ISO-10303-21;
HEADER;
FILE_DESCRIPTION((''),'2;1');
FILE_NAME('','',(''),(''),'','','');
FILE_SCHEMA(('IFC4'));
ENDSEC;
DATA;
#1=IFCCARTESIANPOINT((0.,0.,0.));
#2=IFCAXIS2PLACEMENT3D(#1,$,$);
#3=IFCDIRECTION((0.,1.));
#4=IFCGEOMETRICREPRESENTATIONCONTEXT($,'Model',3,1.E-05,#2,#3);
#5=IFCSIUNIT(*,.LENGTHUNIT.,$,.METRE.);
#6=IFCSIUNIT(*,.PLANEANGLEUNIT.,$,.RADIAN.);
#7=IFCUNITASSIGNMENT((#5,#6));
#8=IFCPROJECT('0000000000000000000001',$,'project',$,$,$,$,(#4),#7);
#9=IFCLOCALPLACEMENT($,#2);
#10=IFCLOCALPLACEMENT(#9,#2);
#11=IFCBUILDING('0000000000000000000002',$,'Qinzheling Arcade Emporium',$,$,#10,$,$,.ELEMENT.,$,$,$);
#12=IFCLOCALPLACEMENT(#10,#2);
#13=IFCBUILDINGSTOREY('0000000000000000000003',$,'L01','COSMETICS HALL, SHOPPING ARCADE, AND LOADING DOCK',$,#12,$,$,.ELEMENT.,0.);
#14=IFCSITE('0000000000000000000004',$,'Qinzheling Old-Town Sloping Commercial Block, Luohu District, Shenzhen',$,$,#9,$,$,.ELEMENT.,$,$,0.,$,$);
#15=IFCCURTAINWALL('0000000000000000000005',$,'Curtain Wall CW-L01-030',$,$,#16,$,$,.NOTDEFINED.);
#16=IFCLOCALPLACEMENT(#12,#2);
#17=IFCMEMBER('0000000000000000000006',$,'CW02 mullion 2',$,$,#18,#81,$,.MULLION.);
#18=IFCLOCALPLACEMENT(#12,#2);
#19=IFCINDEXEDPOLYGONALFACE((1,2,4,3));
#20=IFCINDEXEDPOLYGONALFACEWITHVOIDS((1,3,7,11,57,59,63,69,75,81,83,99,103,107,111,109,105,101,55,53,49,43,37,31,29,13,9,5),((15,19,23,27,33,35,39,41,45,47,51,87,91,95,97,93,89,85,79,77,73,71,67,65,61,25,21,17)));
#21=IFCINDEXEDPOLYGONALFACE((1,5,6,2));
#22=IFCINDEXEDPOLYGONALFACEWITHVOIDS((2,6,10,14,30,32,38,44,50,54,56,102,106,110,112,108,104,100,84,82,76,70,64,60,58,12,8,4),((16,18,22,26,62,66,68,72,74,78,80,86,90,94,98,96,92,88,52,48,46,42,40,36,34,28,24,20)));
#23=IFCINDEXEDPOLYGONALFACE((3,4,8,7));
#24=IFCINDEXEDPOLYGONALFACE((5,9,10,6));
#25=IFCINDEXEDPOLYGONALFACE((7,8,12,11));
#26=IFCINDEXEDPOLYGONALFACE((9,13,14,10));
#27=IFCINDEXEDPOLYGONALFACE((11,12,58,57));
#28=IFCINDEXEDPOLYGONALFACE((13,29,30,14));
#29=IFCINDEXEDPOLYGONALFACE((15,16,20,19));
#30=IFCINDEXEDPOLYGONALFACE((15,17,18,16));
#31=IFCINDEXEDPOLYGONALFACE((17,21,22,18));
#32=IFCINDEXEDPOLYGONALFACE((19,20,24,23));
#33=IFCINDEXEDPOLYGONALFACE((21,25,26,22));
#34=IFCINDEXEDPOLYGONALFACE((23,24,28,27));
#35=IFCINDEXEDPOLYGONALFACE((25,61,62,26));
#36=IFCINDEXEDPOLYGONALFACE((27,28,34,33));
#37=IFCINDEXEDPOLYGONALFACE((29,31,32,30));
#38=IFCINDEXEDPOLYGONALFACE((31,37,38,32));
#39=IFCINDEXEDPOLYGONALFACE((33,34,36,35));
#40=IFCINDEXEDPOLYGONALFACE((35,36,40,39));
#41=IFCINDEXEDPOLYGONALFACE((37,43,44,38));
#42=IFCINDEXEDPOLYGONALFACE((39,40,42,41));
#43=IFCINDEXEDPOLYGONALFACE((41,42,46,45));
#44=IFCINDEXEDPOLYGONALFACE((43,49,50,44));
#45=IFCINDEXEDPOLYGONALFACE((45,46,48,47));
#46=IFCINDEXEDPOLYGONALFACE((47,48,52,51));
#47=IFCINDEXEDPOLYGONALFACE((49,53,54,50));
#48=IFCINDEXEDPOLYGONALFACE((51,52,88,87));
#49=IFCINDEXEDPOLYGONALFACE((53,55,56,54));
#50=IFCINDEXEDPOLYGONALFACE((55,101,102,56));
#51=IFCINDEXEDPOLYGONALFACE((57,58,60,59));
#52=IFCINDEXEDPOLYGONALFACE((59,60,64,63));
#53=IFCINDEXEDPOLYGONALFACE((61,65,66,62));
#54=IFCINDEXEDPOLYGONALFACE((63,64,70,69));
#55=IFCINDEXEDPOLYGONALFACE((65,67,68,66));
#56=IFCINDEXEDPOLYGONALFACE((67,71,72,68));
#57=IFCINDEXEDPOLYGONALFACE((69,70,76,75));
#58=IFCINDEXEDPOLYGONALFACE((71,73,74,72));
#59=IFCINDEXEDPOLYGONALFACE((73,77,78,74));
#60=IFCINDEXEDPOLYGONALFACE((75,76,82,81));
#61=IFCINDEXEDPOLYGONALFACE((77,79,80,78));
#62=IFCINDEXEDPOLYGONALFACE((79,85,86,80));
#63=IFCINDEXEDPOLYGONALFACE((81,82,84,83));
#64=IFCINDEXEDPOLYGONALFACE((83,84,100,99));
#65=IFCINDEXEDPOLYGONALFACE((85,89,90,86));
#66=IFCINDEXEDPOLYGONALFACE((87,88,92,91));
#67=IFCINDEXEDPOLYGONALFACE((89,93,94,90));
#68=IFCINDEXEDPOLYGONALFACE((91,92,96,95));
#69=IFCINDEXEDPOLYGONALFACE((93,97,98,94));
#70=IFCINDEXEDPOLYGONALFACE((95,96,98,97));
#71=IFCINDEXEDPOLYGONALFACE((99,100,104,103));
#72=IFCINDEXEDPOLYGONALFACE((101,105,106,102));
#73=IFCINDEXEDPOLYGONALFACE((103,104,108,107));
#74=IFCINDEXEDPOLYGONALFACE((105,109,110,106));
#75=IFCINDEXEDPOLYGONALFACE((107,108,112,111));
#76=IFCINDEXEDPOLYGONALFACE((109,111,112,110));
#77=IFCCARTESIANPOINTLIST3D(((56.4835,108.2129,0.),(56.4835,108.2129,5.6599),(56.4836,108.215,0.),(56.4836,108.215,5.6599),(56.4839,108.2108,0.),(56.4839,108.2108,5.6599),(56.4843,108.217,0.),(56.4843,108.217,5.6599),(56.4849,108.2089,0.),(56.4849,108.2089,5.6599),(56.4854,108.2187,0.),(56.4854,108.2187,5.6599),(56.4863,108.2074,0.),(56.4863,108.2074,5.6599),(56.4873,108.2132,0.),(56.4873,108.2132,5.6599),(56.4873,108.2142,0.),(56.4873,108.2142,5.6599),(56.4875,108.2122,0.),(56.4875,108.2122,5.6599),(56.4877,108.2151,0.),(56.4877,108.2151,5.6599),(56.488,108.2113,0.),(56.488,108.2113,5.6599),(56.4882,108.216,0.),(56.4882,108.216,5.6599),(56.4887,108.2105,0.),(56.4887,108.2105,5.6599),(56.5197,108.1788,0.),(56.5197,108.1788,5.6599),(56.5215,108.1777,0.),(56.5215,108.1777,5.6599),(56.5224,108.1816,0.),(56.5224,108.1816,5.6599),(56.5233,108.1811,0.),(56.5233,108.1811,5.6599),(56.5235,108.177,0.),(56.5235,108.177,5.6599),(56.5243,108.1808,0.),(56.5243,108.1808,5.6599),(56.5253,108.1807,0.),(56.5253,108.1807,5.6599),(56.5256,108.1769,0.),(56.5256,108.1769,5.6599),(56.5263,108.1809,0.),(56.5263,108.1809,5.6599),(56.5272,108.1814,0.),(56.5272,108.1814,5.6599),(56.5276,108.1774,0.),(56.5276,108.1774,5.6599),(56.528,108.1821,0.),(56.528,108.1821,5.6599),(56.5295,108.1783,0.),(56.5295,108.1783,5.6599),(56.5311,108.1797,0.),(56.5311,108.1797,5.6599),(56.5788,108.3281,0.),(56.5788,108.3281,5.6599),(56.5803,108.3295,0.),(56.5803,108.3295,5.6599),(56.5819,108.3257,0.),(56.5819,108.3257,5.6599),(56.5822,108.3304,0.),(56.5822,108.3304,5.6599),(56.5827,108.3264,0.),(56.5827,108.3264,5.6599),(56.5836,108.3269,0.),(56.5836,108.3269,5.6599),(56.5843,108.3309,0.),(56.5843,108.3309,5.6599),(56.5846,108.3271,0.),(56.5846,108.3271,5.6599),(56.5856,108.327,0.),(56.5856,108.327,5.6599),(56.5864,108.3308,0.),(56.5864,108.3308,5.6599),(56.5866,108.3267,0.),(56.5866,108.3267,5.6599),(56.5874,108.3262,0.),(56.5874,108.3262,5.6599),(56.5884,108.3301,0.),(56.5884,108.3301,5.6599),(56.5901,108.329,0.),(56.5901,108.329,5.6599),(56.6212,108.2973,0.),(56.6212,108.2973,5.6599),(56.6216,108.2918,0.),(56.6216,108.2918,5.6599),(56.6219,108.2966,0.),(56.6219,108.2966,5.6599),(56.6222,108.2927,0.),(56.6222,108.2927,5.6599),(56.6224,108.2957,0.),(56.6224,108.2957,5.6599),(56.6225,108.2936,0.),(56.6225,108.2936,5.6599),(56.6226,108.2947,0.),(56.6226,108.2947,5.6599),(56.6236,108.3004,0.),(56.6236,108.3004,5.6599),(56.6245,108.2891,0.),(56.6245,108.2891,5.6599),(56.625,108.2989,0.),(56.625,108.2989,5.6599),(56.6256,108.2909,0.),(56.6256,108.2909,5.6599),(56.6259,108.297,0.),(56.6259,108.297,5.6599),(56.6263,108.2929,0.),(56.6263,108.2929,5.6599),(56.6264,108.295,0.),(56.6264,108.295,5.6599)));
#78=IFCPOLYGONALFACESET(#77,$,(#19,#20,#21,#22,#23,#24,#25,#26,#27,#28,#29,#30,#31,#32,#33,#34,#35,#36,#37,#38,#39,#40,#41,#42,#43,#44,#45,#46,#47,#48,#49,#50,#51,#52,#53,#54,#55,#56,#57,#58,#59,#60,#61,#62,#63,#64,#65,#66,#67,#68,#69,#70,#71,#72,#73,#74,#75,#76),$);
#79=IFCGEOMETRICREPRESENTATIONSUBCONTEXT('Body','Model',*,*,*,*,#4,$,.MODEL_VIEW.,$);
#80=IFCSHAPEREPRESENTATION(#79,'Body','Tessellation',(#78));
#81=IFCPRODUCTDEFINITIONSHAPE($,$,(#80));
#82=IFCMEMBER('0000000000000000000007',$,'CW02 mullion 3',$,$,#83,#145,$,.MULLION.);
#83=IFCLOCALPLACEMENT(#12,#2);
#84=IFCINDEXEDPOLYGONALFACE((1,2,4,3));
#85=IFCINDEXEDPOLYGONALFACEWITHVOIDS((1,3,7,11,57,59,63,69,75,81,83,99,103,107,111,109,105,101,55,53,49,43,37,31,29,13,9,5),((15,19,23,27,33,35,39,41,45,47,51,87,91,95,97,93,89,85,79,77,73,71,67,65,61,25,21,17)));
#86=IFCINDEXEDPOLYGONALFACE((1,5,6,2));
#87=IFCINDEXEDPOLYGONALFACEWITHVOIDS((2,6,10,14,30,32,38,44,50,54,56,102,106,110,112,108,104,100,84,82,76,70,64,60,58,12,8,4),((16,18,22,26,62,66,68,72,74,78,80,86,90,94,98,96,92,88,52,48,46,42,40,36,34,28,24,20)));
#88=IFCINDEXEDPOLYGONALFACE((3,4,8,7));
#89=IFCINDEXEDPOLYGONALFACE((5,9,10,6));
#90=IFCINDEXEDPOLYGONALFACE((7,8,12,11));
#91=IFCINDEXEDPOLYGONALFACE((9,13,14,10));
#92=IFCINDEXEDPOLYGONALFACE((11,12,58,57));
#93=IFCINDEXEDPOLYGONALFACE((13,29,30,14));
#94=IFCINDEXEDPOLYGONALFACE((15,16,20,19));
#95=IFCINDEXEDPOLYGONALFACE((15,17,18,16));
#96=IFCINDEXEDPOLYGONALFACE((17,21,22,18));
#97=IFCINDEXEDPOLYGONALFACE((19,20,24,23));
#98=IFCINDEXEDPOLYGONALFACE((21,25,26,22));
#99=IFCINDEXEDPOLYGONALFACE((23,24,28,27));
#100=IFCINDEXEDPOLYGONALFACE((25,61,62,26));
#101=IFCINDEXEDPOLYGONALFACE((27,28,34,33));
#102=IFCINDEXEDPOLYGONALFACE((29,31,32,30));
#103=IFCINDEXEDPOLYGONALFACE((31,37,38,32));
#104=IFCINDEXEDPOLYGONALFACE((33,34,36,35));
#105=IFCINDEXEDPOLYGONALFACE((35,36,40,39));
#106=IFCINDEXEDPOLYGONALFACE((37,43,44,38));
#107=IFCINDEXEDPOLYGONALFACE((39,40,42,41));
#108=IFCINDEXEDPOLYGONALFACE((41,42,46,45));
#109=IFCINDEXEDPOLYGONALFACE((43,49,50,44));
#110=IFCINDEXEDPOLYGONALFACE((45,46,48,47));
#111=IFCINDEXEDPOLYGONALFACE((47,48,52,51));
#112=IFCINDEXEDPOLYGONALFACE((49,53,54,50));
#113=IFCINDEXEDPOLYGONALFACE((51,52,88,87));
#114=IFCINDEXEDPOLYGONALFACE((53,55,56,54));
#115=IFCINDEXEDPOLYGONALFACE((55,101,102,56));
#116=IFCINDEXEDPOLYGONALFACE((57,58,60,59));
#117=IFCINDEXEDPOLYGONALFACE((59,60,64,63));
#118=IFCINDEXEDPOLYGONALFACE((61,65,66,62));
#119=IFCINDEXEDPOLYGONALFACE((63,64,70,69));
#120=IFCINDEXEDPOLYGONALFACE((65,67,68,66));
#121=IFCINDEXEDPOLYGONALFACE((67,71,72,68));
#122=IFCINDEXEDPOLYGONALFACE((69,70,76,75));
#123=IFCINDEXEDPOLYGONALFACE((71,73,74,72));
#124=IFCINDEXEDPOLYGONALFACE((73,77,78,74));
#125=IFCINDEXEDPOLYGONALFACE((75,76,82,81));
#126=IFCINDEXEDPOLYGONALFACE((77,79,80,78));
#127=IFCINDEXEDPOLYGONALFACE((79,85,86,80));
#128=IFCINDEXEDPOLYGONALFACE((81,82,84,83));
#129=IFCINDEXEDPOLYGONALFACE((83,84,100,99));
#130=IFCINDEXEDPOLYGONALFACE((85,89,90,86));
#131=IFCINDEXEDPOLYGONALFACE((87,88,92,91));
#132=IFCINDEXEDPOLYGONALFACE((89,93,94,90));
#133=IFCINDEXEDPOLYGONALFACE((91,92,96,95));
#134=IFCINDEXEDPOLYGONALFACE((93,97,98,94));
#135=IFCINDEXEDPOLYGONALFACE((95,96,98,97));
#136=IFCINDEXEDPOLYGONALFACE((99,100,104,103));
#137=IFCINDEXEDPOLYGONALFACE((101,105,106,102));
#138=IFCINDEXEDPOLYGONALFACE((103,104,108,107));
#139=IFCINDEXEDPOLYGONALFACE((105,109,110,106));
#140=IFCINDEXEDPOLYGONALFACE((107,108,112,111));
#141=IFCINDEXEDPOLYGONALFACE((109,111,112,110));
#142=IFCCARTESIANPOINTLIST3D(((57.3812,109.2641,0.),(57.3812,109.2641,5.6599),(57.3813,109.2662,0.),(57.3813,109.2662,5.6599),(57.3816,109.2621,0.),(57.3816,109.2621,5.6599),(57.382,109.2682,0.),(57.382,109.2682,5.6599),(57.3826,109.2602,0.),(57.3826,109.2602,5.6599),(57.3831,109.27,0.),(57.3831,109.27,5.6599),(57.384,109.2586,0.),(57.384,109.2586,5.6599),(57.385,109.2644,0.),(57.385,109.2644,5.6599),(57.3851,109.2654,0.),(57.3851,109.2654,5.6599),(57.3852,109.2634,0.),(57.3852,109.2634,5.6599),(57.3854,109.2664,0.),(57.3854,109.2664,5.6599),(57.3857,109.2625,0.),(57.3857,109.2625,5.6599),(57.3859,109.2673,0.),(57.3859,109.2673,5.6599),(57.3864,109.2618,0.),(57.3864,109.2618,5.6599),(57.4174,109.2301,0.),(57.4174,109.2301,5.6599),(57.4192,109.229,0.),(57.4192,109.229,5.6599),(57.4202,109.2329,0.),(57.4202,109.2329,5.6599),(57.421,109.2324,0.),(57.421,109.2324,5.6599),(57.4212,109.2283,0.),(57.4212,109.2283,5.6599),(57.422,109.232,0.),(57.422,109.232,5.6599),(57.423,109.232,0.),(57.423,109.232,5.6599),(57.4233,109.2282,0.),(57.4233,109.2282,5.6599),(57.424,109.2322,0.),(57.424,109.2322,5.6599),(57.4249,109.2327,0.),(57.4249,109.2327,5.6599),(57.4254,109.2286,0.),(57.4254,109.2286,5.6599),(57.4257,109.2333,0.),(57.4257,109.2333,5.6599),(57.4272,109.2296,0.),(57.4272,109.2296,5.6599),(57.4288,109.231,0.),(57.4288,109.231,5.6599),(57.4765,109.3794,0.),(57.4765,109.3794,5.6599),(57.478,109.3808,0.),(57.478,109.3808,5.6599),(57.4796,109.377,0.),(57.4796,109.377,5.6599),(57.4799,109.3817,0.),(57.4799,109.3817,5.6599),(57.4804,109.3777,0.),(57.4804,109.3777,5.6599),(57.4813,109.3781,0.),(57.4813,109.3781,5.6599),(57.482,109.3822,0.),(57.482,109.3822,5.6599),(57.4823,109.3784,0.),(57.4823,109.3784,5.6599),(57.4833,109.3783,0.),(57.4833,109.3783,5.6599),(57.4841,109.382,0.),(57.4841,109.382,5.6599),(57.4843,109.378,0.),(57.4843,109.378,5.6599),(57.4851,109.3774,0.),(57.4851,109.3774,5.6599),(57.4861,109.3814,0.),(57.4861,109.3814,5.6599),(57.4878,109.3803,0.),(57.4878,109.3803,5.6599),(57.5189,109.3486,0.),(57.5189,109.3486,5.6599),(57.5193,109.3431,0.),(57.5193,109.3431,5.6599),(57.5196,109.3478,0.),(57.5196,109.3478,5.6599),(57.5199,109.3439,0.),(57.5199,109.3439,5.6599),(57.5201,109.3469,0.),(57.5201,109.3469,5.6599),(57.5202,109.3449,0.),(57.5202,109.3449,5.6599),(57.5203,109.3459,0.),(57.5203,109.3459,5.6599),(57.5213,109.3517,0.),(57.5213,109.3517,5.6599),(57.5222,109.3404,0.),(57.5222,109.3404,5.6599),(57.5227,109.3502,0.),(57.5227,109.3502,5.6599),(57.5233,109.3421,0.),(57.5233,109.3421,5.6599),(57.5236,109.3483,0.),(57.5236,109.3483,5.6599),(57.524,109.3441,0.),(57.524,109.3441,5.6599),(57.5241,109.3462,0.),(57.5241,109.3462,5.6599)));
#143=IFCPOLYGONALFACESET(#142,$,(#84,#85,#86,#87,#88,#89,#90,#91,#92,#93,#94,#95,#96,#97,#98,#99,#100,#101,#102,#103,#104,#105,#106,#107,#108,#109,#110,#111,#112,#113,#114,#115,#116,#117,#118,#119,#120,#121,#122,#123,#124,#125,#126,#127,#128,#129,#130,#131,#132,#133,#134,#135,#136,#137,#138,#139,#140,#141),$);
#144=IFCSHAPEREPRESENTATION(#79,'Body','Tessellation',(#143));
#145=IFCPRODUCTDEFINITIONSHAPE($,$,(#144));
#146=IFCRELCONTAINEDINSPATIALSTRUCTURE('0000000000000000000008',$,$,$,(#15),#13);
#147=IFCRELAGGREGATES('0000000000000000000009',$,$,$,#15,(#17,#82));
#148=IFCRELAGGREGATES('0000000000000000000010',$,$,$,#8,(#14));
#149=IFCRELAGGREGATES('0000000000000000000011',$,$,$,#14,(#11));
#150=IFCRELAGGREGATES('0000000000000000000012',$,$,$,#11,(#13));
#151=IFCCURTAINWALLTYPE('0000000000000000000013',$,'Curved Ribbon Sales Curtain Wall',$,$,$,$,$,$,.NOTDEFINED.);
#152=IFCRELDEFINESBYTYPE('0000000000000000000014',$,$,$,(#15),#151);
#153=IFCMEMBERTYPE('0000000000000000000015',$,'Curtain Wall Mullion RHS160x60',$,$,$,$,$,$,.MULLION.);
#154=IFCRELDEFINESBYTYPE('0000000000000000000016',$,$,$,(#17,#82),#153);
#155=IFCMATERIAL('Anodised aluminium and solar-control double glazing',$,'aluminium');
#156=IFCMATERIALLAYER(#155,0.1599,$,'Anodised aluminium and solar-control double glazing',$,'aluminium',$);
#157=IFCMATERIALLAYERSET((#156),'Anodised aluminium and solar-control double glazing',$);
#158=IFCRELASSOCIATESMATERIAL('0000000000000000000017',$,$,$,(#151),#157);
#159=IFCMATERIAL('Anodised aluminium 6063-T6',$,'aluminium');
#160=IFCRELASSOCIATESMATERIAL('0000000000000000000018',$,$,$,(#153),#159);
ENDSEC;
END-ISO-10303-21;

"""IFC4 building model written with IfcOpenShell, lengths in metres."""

from ifc_helpers import new_model, si_unit, direction, frame, origin, origin_2d, place, context, subcontext, project, spatial, hollow_rectangle, extrude, material, layer, layer_set, material_profile, profile_set, type_object, element, aggregate, save


model = new_model("IFC4")

# Units and contexts
model_context = context("Model", 3, precision=1e-05, world=origin(), true_north=direction((0.0, 1.0)))
body_context = subcontext(model_context, "Body", "Model", "MODEL_VIEW")
ifc_project = project(units=[si_unit("LENGTHUNIT", "METRE"), si_unit("PLANEANGLEUNIT", "RADIAN")], contexts=[model_context])

# Site, building, storey
site_placement = place(None, origin())
site = spatial("IfcSite", under=ifc_project, at=site_placement, Name="Qinzheling Old-Town Sloping Commercial Block, Luohu District, Shenzhen", CompositionType="ELEMENT", RefElevation=0.0)
building_placement = place(site_placement, origin())
building = spatial("IfcBuilding", under=site, at=building_placement, Name="Qinzheling Arcade Emporium", CompositionType="ELEMENT")
storey_placement = place(building_placement, origin())
storey = spatial("IfcBuildingStorey", under=building, at=storey_placement, Name="L01", Description="COSMETICS HALL, SHOPPING ARCADE, AND LOADING DOCK", CompositionType="ELEMENT", Elevation=0.0)

# Shared definitions
ifc_material_1 = material(Name="Anodised aluminium and solar-control double glazing", Category="aluminium")
ifc_layer_1 = layer(ifc_material_1, 0.1599, Name="Anodised aluminium and solar-control double glazing", Category="aluminium")
ifc_layer_set_1 = layer_set([ifc_layer_1], Name="Anodised aluminium and solar-control double glazing")
curtain_wall_type = type_object("IfcCurtainWallType", Name="Curved Ribbon Sales Curtain Wall", PredefinedType="NOTDEFINED", material=ifc_layer_set_1)
ifc_material_2 = material(Name="Anodised aluminium 6063-T6", Category="aluminium")
ifc_material_profile_1 = material_profile(ifc_material_2, hollow_rectangle(XDim=0.0601, YDim=0.1599, WallThickness=0.0039, InnerFilletRadius=0.0039, OuterFilletRadius=0.0081, at=origin_2d()), Name="RHS 160x60x4", Category="aluminium")
ifc_profile_set_1 = profile_set([ifc_material_profile_1], Name="Anodised aluminium 6063-T6")
member_type_1 = type_object("IfcMemberType", Name="Curtain Wall Mullion RHS160x60", PredefinedType="MULLION", material=ifc_profile_set_1)

# Curtain wall, members
curtain_wall_1_placement = place(storey_placement, origin())
curtain_wall_1 = element("IfcCurtainWall", 1, at=curtain_wall_1_placement, inside=storey, type_object=curtain_wall_type, Name="Curtain Wall CW-L01-030", PredefinedType="NOTDEFINED")
member_1_placement = place(storey_placement, frame((56.5549, 108.2539, 0.0), z_axis=(0.0, 0.0, 1.0), x_axis=(-0.760505, 0.649332, 0.0)))
member_1 = element("IfcMember", 2, at=member_1_placement, type_object=member_type_1, Name="CW02 mullion 2", PredefinedType="MULLION", context=body_context, shape_type="SweptSolid", body=[
    extrude(hollow_rectangle(XDim=0.0601, YDim=0.1599, WallThickness=0.0039, InnerFilletRadius=0.0039, OuterFilletRadius=0.0081, at=origin_2d()), origin(), (0.0, 0.0, 1.0), 5.6599),
])
member_2_placement = place(storey_placement, frame((57.4526, 109.3052, 0.0), z_axis=(0.0, 0.0, 1.0), x_axis=(-0.760505, 0.649332, 0.0)))
member_2 = element("IfcMember", 3, at=member_2_placement, type_object=member_type_1, Name="CW02 mullion 3", PredefinedType="MULLION", context=body_context, shape_type="SweptSolid", body=[
    extrude(hollow_rectangle(XDim=0.0601, YDim=0.1599, WallThickness=0.0039, InnerFilletRadius=0.0039, OuterFilletRadius=0.0081, at=origin_2d()), origin(), (0.0, 0.0, 1.0), 5.6599),
])

aggregate(curtain_wall_1, [member_1, member_2])

save(model, "model.ifc")
